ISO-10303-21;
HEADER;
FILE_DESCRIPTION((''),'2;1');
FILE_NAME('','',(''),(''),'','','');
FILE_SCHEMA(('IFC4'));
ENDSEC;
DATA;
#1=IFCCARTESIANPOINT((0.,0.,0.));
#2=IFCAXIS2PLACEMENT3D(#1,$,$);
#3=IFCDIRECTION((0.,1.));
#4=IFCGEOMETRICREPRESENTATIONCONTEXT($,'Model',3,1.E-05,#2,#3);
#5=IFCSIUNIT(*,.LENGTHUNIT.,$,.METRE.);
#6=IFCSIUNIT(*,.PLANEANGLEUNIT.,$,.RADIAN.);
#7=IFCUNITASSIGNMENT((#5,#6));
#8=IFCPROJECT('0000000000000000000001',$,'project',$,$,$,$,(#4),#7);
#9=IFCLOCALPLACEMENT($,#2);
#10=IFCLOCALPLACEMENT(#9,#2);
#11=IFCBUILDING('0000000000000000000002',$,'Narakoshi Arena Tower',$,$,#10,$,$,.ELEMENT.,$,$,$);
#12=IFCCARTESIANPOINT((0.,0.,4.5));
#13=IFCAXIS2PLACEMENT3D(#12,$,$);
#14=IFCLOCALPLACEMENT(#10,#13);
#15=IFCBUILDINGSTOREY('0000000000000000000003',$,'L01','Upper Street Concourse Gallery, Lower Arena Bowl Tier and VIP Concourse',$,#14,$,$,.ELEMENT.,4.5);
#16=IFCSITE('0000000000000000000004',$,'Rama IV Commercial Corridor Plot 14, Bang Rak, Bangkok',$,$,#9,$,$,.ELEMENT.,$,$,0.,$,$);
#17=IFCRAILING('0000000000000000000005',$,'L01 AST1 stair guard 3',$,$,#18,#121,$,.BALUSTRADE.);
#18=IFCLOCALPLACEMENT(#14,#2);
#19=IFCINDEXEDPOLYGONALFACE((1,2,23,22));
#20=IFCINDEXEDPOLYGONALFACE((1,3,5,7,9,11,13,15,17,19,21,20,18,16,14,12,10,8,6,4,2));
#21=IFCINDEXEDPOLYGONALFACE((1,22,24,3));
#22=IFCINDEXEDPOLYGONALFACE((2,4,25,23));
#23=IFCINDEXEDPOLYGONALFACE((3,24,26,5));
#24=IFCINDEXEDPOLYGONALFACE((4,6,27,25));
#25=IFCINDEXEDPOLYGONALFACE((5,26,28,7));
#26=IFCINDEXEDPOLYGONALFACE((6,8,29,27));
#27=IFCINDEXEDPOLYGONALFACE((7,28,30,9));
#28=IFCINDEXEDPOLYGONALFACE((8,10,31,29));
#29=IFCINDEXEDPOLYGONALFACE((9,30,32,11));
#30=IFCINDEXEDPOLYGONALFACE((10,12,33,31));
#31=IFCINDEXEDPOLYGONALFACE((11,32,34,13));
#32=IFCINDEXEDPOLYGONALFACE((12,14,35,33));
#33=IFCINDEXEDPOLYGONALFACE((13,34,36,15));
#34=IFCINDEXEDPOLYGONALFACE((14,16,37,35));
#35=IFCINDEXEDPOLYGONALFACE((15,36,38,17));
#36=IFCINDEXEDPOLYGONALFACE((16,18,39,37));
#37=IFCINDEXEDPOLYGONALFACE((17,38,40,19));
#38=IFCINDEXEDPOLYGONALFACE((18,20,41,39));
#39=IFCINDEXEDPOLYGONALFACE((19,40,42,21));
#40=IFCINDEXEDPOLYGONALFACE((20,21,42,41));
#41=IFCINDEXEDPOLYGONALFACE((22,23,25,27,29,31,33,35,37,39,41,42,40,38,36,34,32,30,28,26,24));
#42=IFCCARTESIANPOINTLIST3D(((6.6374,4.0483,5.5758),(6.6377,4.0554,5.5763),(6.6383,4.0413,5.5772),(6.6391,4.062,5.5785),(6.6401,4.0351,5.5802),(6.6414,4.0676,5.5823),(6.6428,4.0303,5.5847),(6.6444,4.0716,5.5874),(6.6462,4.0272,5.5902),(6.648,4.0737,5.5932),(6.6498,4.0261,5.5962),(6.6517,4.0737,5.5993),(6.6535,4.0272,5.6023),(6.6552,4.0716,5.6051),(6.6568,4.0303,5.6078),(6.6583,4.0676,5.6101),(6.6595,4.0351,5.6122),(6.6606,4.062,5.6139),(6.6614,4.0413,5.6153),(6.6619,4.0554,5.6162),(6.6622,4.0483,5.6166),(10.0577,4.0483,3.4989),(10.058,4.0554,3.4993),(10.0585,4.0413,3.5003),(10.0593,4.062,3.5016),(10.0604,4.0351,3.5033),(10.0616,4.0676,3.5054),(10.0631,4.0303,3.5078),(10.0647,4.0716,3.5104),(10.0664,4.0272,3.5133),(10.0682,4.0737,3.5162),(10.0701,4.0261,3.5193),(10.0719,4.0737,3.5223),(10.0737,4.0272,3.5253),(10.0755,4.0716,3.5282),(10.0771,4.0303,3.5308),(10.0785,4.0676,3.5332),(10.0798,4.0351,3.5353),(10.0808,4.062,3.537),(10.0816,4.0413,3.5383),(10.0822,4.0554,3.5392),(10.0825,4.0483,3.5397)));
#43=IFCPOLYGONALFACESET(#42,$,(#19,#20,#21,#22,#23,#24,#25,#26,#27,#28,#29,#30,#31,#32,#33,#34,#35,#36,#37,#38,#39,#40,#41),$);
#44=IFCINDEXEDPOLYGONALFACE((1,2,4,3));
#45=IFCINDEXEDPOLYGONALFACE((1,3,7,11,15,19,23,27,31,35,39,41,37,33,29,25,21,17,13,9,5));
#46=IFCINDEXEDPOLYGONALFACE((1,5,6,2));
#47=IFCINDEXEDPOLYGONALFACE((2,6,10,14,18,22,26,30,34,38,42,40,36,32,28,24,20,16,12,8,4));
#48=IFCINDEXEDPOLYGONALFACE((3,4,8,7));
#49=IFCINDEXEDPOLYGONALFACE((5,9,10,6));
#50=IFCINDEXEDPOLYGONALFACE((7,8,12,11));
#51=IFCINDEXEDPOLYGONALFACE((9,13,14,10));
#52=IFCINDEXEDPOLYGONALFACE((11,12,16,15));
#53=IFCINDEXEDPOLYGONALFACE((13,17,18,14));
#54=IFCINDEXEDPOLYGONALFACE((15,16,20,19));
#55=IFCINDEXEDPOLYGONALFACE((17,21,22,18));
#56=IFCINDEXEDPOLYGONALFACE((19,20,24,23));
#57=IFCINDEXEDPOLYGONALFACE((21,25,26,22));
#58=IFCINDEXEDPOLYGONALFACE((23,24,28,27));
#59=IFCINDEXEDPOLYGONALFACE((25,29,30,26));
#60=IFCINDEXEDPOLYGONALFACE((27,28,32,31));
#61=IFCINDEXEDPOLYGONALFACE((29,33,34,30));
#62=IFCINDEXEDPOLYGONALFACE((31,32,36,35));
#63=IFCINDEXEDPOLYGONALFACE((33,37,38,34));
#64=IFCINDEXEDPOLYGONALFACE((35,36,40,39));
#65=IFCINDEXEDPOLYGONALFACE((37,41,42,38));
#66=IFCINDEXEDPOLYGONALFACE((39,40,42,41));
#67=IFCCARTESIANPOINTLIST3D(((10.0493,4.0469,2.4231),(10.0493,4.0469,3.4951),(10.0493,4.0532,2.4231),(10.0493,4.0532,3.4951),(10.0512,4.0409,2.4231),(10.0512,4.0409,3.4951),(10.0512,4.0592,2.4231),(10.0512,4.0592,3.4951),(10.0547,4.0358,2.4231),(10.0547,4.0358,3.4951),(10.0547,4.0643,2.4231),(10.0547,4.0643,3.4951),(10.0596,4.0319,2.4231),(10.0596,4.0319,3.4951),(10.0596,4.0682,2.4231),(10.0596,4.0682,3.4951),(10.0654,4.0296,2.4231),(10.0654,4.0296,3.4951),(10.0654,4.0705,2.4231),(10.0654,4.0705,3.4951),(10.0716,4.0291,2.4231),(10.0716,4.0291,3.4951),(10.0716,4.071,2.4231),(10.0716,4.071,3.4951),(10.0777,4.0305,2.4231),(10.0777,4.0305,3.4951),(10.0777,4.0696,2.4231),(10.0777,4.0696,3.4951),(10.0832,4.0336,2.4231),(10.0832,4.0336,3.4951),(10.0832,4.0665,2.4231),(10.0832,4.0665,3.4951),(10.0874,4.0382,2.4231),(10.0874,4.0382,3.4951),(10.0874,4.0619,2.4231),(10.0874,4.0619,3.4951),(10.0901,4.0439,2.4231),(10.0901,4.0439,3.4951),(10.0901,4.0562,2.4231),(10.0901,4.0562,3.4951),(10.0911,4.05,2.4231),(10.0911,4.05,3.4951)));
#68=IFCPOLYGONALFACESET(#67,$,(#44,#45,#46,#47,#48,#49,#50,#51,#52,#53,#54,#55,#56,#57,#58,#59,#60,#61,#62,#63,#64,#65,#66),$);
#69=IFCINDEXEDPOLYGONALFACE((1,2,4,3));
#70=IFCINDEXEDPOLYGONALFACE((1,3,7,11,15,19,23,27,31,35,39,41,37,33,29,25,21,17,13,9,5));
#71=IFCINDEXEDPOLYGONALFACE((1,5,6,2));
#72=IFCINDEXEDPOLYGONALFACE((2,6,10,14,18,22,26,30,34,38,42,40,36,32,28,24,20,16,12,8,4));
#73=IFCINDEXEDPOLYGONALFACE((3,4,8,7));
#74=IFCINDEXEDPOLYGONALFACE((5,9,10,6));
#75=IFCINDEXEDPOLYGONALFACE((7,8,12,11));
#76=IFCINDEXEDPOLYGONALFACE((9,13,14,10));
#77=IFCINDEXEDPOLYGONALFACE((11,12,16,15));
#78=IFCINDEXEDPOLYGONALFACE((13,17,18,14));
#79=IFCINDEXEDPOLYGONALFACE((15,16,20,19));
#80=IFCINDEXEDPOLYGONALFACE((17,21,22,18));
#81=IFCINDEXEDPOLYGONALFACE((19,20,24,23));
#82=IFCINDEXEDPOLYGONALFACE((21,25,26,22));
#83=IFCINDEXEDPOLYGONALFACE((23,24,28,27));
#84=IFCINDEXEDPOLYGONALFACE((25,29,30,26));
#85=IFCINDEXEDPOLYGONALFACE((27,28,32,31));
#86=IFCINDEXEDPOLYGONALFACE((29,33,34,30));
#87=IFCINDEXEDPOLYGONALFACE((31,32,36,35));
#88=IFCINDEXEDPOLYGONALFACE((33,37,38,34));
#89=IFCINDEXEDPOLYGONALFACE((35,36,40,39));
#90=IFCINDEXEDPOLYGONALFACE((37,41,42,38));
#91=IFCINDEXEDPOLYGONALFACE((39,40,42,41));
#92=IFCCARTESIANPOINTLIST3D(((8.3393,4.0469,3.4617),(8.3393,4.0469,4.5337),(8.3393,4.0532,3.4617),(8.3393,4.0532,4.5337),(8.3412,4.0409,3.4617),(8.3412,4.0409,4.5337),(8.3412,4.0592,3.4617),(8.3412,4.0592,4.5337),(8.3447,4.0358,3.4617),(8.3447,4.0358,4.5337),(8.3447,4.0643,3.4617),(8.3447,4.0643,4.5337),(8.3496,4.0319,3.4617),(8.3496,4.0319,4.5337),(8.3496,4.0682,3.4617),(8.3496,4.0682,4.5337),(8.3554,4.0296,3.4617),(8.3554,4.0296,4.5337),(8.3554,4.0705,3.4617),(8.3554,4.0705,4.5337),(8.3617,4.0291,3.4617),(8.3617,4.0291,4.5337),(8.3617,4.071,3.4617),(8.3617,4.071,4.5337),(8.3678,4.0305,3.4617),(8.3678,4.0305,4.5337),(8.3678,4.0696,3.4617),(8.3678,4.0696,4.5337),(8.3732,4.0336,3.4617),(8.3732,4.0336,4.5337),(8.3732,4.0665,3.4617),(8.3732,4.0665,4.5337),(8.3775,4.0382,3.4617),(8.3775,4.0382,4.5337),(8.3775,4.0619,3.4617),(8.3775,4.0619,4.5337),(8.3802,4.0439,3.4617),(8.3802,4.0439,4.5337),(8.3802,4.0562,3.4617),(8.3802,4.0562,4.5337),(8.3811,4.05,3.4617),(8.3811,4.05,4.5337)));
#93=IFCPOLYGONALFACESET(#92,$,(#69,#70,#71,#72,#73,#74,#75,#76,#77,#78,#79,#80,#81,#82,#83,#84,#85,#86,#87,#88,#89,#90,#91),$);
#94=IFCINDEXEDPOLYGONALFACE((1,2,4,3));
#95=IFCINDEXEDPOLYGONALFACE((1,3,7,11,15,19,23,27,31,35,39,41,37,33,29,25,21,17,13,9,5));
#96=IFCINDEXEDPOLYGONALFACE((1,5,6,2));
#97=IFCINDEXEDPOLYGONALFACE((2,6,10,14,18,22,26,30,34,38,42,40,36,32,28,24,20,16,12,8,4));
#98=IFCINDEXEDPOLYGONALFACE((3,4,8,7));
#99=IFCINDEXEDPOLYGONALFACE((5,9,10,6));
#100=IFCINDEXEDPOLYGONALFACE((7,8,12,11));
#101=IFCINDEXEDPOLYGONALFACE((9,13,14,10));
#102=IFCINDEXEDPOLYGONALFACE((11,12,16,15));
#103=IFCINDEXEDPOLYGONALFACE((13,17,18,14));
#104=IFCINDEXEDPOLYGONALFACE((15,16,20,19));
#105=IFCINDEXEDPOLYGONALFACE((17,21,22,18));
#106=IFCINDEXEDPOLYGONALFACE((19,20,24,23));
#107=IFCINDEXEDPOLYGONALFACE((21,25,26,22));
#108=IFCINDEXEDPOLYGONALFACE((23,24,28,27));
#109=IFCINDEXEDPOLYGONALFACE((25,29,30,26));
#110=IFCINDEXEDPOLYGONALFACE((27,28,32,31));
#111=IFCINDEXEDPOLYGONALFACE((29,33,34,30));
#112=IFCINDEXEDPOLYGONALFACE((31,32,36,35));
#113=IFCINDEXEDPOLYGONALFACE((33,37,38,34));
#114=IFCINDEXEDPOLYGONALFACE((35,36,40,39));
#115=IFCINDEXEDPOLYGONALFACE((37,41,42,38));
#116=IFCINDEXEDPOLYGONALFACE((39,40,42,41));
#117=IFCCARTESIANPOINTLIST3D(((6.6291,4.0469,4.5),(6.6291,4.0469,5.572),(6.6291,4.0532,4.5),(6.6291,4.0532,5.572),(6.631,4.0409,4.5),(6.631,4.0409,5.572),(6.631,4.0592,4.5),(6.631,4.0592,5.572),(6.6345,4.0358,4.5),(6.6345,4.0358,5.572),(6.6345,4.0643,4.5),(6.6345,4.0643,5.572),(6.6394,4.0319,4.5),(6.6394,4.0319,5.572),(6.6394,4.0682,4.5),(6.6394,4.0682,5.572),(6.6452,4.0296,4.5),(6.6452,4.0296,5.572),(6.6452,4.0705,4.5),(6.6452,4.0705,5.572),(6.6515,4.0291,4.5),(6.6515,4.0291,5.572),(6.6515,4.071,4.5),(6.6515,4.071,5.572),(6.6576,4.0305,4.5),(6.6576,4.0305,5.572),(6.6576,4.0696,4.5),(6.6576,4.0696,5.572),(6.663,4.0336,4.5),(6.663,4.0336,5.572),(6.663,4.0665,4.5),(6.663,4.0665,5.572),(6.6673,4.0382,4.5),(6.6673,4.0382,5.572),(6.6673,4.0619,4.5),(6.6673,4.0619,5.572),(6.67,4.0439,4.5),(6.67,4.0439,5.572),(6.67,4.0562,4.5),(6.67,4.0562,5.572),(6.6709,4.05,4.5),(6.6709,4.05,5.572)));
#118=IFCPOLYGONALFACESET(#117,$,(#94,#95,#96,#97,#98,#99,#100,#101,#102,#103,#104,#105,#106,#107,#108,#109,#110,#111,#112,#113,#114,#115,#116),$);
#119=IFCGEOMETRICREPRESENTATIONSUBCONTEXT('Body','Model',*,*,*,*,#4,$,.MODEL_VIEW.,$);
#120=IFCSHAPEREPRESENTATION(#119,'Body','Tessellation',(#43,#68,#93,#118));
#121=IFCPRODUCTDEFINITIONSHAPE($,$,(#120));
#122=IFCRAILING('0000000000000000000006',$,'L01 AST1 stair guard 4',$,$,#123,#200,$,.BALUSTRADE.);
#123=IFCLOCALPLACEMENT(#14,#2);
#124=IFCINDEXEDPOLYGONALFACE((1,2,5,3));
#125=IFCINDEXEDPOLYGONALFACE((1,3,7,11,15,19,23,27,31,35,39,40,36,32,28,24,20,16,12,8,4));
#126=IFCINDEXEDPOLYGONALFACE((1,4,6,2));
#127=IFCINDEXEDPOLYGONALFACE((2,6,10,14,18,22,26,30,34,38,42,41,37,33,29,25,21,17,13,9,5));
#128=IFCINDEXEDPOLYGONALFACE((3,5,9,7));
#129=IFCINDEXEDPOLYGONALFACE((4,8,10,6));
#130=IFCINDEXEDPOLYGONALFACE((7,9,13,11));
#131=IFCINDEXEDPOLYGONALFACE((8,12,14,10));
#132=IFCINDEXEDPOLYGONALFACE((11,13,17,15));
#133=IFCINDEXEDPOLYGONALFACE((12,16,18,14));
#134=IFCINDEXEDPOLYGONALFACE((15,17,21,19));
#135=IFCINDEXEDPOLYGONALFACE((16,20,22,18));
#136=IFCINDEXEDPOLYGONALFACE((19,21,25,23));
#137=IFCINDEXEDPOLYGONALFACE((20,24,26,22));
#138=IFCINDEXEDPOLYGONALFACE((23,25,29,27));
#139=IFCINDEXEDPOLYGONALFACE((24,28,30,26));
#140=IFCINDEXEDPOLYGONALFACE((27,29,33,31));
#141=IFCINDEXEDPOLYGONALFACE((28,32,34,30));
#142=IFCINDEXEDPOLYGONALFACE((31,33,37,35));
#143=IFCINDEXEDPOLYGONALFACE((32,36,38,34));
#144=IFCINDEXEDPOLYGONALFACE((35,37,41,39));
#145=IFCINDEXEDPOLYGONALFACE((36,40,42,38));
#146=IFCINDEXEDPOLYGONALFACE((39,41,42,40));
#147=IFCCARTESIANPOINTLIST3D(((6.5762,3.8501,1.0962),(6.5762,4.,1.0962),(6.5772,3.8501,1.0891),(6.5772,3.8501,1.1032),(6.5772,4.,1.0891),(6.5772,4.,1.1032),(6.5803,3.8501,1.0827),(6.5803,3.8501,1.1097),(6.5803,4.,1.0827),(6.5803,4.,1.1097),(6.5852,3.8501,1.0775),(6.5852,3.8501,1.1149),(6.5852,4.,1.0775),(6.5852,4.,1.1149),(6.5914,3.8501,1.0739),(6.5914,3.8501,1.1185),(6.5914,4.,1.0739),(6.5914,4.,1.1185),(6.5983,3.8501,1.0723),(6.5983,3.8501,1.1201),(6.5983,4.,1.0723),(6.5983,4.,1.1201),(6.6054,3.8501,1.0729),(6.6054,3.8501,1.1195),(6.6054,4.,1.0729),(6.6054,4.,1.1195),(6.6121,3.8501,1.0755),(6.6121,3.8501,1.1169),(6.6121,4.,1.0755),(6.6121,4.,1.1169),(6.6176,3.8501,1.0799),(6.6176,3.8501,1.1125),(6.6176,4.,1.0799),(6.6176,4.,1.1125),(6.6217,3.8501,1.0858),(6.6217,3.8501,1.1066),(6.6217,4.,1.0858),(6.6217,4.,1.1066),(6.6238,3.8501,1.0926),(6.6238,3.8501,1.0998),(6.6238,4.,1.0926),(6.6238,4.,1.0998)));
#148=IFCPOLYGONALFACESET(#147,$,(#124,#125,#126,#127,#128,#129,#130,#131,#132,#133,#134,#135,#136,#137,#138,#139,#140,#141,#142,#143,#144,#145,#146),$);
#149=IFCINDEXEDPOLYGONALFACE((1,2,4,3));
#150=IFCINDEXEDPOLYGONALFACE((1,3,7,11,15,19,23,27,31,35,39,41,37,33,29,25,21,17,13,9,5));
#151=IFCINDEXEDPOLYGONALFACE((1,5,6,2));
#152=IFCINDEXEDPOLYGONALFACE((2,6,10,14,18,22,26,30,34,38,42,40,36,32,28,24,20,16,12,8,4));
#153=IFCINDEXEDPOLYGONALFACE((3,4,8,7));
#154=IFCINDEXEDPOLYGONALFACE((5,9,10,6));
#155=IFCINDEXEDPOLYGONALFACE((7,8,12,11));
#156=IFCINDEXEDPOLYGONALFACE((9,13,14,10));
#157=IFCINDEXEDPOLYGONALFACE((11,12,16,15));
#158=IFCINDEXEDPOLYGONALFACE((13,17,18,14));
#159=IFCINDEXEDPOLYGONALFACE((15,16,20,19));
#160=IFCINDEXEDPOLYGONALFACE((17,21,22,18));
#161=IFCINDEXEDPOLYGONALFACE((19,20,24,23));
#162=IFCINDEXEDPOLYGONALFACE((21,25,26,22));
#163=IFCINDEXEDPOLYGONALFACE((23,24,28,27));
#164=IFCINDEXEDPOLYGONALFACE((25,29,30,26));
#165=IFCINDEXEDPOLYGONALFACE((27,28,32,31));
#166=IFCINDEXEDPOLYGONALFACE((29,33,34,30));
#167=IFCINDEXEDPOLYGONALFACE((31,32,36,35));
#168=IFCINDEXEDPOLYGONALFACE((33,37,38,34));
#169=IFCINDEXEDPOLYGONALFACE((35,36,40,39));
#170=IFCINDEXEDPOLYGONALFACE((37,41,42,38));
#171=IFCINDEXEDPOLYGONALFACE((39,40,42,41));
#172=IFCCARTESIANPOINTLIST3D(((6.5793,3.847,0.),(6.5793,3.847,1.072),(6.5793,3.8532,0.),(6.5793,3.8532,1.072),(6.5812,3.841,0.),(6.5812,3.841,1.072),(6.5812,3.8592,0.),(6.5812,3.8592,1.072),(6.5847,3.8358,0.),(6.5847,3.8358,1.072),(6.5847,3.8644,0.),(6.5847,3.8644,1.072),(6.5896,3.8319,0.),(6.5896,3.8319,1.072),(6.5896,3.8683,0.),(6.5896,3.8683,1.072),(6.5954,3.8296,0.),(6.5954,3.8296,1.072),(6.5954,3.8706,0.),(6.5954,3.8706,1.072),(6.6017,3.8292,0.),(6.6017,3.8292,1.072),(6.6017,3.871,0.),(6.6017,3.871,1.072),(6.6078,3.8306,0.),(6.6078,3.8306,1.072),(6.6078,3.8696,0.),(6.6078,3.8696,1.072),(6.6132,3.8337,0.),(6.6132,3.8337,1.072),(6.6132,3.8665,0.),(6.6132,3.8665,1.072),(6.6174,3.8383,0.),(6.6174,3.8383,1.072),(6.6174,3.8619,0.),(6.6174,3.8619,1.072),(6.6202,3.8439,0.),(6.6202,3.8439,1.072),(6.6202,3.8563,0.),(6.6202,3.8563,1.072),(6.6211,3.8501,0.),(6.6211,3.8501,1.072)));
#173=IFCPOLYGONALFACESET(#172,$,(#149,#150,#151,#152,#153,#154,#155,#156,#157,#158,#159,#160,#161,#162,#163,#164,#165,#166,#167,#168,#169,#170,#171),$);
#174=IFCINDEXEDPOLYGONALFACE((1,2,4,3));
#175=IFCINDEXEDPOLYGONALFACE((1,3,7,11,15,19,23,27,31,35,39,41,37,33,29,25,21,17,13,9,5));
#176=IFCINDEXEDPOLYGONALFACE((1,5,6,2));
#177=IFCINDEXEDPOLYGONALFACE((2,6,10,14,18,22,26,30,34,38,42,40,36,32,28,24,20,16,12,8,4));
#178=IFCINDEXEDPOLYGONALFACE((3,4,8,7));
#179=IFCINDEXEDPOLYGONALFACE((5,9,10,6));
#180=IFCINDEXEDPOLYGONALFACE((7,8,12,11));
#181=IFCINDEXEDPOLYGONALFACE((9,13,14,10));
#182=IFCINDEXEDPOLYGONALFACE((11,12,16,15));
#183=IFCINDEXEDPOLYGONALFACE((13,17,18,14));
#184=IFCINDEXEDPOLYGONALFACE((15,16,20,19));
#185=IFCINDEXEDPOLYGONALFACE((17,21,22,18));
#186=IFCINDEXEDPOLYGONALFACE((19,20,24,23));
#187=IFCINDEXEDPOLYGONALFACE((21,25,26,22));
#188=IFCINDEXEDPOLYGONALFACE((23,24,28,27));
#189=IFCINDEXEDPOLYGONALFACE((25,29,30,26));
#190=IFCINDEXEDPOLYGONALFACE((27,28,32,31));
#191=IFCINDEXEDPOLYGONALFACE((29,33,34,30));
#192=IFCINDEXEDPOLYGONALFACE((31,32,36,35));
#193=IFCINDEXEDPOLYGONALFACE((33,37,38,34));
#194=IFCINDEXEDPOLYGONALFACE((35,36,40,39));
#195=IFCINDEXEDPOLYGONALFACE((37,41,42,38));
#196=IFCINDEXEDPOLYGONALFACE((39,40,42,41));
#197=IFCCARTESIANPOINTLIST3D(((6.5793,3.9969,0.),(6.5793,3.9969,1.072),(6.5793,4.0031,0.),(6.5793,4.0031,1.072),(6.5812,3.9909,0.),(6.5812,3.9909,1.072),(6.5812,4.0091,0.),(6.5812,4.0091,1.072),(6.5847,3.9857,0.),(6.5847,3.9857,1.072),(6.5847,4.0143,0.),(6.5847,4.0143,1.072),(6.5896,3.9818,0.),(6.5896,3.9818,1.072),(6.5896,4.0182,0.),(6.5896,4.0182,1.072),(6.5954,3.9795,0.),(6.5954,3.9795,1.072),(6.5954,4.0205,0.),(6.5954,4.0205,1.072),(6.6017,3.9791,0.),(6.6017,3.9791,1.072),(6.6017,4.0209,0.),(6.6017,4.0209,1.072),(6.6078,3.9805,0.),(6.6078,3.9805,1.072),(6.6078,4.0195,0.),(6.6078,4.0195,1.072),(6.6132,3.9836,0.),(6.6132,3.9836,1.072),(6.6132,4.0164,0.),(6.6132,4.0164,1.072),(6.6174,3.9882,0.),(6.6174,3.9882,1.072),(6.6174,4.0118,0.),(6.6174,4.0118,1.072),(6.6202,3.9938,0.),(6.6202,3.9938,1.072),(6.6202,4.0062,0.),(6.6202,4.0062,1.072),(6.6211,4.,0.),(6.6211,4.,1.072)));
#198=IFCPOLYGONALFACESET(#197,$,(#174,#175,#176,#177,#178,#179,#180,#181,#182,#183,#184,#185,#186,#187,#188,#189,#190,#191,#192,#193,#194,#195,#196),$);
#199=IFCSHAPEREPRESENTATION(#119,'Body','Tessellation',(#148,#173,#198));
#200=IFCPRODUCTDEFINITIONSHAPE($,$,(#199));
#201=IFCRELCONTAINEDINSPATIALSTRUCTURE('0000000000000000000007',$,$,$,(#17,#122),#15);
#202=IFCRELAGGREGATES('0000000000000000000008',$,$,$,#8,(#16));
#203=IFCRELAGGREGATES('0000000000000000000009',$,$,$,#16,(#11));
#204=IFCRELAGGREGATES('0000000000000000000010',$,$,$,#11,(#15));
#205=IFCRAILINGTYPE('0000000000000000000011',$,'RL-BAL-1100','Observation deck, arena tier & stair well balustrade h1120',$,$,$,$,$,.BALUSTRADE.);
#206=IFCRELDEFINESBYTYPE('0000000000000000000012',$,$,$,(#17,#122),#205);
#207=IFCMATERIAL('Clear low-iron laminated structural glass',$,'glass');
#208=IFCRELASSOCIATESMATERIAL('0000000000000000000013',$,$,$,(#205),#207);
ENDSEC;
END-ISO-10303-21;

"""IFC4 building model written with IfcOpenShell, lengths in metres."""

from ifc_helpers import new_model, si_unit, direction, frame, origin, origin_2d, place, context, subcontext, project, spatial, circle, extrude, material, type_object, element, save


model = new_model("IFC4")

# Units and contexts
model_context = context("Model", 3, precision=1e-05, world=origin(), true_north=direction((0.0, 1.0)))
body_context = subcontext(model_context, "Body", "Model", "MODEL_VIEW")
ifc_project = project(units=[si_unit("LENGTHUNIT", "METRE"), si_unit("PLANEANGLEUNIT", "RADIAN")], contexts=[model_context])

# Site, building, storey
site_placement = place(None, origin())
site = spatial("IfcSite", under=ifc_project, at=site_placement, Name="Rama IV Commercial Corridor Plot 14, Bang Rak, Bangkok", CompositionType="ELEMENT", RefElevation=0.0)
building_placement = place(site_placement, origin())
building = spatial("IfcBuilding", under=site, at=building_placement, Name="Narakoshi Arena Tower", CompositionType="ELEMENT")
storey_placement = place(building_placement, frame((0.0, 0.0, 4.5)))
storey = spatial("IfcBuildingStorey", under=building, at=storey_placement, Name="L01", Description="Upper Street Concourse Gallery, Lower Arena Bowl Tier and VIP Concourse", CompositionType="ELEMENT", Elevation=4.5)

# Railings
ifc_material_1 = material(Name="Clear low-iron laminated structural glass", Category="glass")
railing_type_1 = type_object("IfcRailingType", Name="RL-BAL-1100", Description="Observation deck, arena tier & stair well balustrade h1120", PredefinedType="BALUSTRADE", material=ifc_material_1)
railing_1_placement = place(storey_placement, frame((10.0701, 4.05, 2.4231)))
element("IfcRailing", 1, at=railing_1_placement, inside=storey, type_object=railing_type_1, Name="L01 AST1 stair guard 3", PredefinedType="BALUSTRADE", context=body_context, shape_type="SweptSolid", body=[
    extrude(circle(Radius=0.0239, at=origin_2d()), frame((0.0, 0.0, 1.0962), z_axis=(-0.854746, 0.0, 0.519047), x_axis=(0.0, -1.0, 0.0)), (0.0, 0.0, 1.0), 4.0015),
    extrude(circle(Radius=0.021, at=origin_2d()), origin(), (0.0, 0.0, 1.0), 1.072),
    extrude(circle(Radius=0.021, at=origin_2d()), frame((-1.71, 0.0, 1.0386)), (0.0, 0.0, 1.0), 1.072),
    extrude(circle(Radius=0.021, at=origin_2d()), frame((-3.4202, 0.0, 2.0769)), (0.0, 0.0, 1.0), 1.072),
])
railing_2_placement = place(storey_placement, frame((6.6001, 3.8501, 0.0)))
element("IfcRailing", 2, at=railing_2_placement, inside=storey, type_object=railing_type_1, Name="L01 AST1 stair guard 4", PredefinedType="BALUSTRADE", context=body_context, shape_type="SweptSolid", body=[
    extrude(circle(Radius=0.0239, at=origin_2d()), frame((0.0, 0.0, 1.0962), z_axis=(0.0, 1.0, 0.0), x_axis=(-1.0, 0.0, 0.0)), (0.0, 0.0, 1.0), 0.1499),
    extrude(circle(Radius=0.021, at=origin_2d()), origin(), (0.0, 0.0, 1.0), 1.072),
    extrude(circle(Radius=0.021, at=origin_2d()), frame((0.0, 0.1499, 0.0)), (0.0, 0.0, 1.0), 1.072),
])

save(model, "model.ifc")
